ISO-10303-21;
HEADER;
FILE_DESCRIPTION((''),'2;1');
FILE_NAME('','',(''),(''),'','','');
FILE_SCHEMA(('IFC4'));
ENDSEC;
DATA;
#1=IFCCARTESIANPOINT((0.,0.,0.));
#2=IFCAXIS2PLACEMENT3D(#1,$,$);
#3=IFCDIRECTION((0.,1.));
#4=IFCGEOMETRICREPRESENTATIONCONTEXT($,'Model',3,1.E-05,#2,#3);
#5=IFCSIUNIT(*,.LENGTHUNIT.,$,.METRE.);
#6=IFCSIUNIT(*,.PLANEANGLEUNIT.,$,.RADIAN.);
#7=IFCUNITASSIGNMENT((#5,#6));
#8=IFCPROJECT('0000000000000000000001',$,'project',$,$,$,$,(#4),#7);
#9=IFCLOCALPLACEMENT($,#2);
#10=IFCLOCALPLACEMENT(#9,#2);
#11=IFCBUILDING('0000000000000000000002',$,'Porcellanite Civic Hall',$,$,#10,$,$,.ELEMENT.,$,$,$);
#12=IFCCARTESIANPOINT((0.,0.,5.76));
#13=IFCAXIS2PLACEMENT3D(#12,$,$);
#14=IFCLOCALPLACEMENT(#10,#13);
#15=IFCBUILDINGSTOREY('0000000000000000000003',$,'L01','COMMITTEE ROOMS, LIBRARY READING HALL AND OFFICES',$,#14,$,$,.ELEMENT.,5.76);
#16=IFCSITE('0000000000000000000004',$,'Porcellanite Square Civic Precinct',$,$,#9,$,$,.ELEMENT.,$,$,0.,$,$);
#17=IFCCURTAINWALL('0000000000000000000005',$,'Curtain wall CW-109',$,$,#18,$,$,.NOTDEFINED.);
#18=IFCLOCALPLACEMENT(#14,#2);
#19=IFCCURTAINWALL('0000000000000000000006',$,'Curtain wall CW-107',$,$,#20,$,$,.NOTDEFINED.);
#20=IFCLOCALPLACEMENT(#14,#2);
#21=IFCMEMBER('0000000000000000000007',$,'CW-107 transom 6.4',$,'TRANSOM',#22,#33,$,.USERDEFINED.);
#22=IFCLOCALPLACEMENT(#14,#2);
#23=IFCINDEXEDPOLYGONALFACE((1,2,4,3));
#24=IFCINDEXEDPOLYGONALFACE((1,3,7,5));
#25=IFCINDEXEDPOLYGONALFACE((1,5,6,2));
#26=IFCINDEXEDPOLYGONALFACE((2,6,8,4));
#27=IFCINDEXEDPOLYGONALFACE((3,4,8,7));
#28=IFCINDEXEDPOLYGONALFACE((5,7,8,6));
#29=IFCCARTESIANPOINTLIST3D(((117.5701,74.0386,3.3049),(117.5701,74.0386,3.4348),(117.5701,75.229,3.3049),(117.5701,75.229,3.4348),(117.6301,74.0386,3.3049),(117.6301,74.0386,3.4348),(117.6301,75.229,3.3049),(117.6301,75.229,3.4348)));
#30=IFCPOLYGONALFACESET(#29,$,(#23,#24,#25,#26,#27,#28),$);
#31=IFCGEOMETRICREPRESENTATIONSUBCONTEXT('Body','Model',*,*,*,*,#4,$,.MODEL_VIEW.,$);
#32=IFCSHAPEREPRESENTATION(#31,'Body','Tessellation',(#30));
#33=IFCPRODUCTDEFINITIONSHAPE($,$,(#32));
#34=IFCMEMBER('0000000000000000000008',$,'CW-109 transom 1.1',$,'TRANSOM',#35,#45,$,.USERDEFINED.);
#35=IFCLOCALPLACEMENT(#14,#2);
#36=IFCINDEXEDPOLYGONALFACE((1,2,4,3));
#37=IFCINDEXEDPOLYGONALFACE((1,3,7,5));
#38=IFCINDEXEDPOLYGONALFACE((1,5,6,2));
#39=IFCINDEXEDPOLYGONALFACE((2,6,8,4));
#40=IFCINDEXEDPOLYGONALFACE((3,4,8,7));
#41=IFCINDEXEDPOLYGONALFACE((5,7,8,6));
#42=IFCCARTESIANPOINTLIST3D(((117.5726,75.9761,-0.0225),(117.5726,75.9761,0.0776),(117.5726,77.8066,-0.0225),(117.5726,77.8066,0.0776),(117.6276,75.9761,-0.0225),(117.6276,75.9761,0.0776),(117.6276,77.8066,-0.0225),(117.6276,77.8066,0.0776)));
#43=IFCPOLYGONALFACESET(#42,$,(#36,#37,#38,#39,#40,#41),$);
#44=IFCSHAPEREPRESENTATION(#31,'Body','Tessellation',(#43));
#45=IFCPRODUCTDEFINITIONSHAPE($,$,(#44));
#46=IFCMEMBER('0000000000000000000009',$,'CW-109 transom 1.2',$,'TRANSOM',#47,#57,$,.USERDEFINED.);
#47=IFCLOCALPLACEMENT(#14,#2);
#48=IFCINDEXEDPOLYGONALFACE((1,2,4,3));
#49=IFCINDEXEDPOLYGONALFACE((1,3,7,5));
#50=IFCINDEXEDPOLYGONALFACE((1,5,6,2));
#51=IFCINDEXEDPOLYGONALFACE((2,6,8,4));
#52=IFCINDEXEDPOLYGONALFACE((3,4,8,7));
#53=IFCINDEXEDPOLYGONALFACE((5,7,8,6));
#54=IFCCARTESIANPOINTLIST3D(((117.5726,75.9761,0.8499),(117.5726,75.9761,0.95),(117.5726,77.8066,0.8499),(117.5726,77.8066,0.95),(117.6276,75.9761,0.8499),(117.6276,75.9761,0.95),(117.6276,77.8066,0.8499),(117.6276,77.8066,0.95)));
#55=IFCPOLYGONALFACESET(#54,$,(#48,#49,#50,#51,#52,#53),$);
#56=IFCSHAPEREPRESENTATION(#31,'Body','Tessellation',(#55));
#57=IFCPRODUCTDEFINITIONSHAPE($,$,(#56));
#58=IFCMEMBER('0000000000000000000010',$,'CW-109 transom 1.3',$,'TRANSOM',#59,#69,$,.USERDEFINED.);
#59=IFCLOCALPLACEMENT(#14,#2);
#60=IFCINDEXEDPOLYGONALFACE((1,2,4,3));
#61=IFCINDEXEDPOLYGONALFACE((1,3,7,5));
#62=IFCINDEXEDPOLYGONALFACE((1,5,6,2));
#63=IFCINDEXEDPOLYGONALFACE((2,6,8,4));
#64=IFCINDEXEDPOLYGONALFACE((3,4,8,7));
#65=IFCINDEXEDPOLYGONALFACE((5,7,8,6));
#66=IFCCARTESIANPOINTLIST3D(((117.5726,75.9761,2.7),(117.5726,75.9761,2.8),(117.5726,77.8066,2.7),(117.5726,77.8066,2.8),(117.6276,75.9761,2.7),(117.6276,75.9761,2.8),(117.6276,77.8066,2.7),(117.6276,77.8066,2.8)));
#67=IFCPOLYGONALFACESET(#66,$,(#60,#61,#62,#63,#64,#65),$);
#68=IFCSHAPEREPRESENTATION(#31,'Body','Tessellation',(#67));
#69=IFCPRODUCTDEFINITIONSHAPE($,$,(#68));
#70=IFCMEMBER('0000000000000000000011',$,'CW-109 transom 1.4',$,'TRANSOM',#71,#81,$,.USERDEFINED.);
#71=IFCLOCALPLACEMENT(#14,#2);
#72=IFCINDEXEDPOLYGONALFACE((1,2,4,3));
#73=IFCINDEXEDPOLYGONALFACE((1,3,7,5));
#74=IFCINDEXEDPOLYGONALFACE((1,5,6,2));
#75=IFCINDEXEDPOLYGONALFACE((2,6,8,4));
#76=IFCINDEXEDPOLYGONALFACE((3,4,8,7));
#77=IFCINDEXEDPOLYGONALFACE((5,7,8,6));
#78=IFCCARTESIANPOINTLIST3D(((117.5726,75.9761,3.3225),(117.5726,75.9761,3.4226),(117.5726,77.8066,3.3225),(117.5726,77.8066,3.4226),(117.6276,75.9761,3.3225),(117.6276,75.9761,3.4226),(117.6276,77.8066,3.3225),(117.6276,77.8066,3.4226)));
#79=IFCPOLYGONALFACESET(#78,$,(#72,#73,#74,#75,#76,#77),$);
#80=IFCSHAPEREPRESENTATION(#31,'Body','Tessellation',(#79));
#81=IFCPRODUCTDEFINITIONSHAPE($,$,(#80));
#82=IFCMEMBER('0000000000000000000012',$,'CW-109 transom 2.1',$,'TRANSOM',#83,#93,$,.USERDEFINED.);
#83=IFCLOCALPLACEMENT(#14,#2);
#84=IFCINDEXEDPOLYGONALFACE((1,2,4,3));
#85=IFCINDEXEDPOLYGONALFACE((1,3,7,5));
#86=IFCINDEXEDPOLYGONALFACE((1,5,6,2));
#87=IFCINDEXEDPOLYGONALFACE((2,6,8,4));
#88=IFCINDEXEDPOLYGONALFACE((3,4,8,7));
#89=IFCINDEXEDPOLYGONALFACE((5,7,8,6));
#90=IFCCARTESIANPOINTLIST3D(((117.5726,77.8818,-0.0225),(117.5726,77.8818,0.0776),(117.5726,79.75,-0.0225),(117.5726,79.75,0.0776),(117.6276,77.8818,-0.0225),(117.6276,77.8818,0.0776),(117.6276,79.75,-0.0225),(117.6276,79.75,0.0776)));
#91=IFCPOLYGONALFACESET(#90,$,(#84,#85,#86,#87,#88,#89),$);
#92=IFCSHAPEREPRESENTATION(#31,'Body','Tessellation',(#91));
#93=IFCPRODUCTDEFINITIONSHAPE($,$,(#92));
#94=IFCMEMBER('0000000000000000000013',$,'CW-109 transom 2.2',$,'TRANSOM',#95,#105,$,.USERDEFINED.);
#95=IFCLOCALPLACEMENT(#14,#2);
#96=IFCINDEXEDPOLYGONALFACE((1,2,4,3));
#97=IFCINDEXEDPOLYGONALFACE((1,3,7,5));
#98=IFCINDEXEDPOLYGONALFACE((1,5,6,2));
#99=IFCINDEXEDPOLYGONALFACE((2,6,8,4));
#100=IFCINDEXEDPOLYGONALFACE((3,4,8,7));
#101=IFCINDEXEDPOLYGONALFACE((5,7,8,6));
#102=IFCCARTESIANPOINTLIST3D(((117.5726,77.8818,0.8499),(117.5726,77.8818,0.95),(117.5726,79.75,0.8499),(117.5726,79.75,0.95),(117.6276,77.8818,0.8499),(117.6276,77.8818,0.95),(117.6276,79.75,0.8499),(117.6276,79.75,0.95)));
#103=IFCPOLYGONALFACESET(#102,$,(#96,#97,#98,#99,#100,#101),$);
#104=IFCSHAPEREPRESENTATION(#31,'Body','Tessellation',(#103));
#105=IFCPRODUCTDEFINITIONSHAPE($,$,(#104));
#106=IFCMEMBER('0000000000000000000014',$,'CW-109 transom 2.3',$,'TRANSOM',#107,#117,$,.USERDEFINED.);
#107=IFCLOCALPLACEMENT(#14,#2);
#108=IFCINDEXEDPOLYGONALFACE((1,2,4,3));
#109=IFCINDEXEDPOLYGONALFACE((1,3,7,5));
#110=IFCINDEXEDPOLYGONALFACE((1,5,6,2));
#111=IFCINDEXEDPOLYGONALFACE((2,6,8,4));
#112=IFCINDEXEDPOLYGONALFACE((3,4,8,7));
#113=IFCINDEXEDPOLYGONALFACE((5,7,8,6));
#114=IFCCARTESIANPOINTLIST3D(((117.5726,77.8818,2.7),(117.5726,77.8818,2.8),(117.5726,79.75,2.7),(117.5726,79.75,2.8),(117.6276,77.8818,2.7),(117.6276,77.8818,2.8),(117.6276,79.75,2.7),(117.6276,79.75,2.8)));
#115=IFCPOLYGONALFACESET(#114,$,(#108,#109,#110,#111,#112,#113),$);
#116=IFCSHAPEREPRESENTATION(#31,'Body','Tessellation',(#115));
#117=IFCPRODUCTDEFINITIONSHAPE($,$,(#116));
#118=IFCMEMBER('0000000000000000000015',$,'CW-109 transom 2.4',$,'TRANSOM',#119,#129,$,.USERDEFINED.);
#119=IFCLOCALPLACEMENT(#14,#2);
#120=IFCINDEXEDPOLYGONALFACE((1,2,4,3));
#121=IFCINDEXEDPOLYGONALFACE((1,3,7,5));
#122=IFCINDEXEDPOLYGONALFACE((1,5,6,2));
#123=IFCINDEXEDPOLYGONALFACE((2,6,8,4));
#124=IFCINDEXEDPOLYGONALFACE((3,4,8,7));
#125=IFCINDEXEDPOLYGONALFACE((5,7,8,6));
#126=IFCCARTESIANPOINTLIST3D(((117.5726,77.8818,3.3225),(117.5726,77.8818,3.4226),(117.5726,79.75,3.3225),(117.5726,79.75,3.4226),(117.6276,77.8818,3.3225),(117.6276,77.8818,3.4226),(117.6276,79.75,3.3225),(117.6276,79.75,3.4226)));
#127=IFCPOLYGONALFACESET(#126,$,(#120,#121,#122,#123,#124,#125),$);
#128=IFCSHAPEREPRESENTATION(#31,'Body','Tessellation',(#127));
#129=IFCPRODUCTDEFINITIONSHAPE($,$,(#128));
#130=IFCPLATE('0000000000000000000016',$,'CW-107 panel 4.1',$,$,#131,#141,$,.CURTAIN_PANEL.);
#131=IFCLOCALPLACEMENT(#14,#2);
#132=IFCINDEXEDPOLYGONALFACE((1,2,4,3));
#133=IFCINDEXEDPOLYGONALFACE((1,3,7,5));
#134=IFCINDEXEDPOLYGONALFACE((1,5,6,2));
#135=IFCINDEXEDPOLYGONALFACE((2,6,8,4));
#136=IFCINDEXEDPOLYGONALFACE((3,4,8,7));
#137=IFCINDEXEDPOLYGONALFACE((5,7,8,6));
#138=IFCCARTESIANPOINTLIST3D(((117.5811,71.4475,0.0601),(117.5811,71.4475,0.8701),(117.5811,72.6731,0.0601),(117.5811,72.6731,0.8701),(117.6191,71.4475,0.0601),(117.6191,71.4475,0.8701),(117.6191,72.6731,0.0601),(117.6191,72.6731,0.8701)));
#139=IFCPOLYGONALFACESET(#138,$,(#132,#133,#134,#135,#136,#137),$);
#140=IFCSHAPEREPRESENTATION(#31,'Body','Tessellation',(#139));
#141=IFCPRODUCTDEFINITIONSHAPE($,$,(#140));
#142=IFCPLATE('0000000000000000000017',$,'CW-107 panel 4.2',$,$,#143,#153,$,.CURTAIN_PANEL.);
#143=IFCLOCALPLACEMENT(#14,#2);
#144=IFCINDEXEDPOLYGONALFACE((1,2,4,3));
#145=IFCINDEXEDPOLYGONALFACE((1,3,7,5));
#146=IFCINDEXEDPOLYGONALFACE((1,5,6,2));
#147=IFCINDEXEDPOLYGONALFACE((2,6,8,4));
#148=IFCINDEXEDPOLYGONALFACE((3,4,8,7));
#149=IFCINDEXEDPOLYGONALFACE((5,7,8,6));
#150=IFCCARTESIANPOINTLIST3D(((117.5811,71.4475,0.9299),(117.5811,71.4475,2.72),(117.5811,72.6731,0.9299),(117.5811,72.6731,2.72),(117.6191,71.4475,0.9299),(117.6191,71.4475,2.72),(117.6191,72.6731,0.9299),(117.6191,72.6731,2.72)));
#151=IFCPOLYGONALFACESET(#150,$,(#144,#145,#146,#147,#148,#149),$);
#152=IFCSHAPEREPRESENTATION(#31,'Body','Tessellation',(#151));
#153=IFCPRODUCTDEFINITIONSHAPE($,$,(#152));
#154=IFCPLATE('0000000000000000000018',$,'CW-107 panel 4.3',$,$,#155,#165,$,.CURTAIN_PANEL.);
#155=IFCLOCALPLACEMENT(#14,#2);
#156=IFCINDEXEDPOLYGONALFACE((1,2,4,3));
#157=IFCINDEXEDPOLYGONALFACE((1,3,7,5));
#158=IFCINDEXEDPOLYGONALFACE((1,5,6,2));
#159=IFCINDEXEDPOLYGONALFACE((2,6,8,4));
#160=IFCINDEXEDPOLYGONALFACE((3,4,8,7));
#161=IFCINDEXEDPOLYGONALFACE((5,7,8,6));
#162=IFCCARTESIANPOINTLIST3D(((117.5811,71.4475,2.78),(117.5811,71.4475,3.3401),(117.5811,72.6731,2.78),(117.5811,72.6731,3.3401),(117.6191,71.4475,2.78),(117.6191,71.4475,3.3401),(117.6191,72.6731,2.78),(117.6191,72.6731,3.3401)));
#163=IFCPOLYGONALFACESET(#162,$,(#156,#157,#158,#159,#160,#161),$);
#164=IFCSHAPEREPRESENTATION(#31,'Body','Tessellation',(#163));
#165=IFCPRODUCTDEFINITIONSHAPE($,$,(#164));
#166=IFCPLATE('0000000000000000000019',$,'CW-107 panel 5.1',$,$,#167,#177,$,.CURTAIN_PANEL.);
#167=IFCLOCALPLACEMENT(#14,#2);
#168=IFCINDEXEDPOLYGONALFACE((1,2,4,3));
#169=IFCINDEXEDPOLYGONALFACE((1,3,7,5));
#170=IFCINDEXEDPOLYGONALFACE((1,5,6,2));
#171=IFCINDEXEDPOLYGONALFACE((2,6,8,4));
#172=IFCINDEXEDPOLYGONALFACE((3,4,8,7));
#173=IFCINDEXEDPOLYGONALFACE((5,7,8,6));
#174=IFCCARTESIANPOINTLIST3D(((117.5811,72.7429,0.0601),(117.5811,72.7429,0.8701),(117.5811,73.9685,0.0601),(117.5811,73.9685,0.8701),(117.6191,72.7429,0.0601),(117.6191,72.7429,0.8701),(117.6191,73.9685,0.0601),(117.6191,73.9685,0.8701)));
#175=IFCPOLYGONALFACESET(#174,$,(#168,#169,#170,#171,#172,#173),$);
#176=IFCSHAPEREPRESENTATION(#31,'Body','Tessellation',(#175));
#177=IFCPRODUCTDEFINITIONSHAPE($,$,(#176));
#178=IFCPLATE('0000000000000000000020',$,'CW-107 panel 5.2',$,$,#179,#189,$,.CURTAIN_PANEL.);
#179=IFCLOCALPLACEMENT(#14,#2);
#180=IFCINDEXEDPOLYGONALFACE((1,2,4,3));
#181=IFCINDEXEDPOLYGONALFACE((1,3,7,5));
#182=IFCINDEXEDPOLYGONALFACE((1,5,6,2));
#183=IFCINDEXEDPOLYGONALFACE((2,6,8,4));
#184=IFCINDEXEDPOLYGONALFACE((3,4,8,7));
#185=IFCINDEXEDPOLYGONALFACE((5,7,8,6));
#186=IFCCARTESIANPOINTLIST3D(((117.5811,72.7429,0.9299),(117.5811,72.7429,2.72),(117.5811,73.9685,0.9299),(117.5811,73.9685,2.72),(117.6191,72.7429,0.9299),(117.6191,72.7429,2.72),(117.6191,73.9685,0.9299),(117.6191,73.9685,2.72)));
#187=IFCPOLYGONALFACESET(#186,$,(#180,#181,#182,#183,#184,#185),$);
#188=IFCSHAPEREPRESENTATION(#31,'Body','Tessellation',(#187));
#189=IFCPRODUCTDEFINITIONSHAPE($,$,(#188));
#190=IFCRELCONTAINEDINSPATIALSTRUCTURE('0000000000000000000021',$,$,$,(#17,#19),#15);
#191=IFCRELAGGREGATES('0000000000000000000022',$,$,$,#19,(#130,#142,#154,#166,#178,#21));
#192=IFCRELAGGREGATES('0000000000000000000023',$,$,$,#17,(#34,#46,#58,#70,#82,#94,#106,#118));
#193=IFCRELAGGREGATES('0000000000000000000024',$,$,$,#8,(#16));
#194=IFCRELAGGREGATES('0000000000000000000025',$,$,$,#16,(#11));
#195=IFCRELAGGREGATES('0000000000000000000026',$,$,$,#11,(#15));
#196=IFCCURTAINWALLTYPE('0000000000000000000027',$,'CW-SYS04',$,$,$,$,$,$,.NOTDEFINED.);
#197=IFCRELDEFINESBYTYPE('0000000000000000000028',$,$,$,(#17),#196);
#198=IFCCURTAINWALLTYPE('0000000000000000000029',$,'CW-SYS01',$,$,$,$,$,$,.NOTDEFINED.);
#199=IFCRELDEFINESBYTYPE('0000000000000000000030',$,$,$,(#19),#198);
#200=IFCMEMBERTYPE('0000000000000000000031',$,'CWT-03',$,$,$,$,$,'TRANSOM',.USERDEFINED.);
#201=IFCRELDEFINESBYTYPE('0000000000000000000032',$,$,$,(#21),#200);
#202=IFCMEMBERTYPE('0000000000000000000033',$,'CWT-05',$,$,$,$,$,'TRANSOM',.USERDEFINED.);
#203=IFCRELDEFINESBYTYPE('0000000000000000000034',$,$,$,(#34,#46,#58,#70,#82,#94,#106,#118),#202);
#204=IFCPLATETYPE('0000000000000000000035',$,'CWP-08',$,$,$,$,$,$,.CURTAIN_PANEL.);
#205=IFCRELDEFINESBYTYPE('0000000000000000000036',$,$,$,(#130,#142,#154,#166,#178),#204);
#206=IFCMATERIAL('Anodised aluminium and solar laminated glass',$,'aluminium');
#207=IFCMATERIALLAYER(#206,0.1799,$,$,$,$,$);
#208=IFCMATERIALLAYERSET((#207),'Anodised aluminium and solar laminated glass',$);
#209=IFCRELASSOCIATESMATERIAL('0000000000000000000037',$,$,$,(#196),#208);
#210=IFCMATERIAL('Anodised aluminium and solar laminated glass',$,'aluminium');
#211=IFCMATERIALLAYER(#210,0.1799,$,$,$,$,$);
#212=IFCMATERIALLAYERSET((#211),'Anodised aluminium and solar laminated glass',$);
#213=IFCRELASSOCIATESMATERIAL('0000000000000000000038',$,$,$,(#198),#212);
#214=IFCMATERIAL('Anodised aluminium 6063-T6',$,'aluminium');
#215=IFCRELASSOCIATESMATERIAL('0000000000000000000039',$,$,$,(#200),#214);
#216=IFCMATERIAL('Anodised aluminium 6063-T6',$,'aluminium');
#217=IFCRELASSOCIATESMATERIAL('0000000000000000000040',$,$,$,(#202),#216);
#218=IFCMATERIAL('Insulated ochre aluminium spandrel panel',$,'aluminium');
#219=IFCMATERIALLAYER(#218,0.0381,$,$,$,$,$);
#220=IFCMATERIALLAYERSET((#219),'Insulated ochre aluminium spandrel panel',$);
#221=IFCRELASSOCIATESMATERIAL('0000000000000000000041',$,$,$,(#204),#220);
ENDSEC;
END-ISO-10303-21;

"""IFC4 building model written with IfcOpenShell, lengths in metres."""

from ifc_helpers import new_model, si_unit, direction, frame, origin, origin_2d, place, context, subcontext, project, spatial, rectangle, extrude, material, layer, layer_set, material_profile, profile_set, type_object, element, aggregate, save


model = new_model("IFC4")

# Units and contexts
model_context = context("Model", 3, precision=1e-05, world=origin(), true_north=direction((0.0, 1.0)))
body_context = subcontext(model_context, "Body", "Model", "MODEL_VIEW")
ifc_project = project(units=[si_unit("LENGTHUNIT", "METRE"), si_unit("PLANEANGLEUNIT", "RADIAN")], contexts=[model_context])

# Site, building, storey
site_placement = place(None, origin())
site = spatial("IfcSite", under=ifc_project, at=site_placement, Name="Porcellanite Square Civic Precinct", CompositionType="ELEMENT", RefElevation=0.0)
building_placement = place(site_placement, origin())
building = spatial("IfcBuilding", under=site, at=building_placement, Name="Porcellanite Civic Hall", CompositionType="ELEMENT")
storey_placement = place(building_placement, frame((0.0, 0.0, 5.76)))
storey = spatial("IfcBuildingStorey", under=building, at=storey_placement, Name="L01", Description="COMMITTEE ROOMS, LIBRARY READING HALL AND OFFICES", CompositionType="ELEMENT", Elevation=5.76)

# Curtain walls, member
ifc_material_1 = material(Name="Anodised aluminium and solar laminated glass", Category="aluminium")
ifc_layer_1 = layer(ifc_material_1, 0.1799)
ifc_layer_set_1 = layer_set([ifc_layer_1], Name="Anodised aluminium and solar laminated glass")
curtain_wall_type_1 = type_object("IfcCurtainWallType", Name="CW-SYS04", PredefinedType="NOTDEFINED", material=ifc_layer_set_1)
curtain_wall_1_placement = place(storey_placement, origin())
curtain_wall_1 = element("IfcCurtainWall", 1, at=curtain_wall_1_placement, inside=storey, type_object=curtain_wall_type_1, Name="Curtain wall CW-109", PredefinedType="NOTDEFINED")
ifc_material_2 = material(Name="Anodised aluminium and solar laminated glass", Category="aluminium")
ifc_layer_2 = layer(ifc_material_2, 0.1799)
ifc_layer_set_2 = layer_set([ifc_layer_2], Name="Anodised aluminium and solar laminated glass")
curtain_wall_type_2 = type_object("IfcCurtainWallType", Name="CW-SYS01", PredefinedType="NOTDEFINED", material=ifc_layer_set_2)
curtain_wall_2_placement = place(storey_placement, origin())
curtain_wall_2 = element("IfcCurtainWall", 2, at=curtain_wall_2_placement, inside=storey, type_object=curtain_wall_type_2, Name="Curtain wall CW-107", PredefinedType="NOTDEFINED")
ifc_material_3 = material(Name="Anodised aluminium 6063-T6", Category="aluminium")
ifc_material_profile_1 = material_profile(ifc_material_3, rectangle(XDim=0.0601, YDim=0.1299, at=origin_2d()), Name="AL-60x130")
ifc_profile_set_1 = profile_set([ifc_material_profile_1], Name="Anodised aluminium 6063-T6")
member_type_1 = type_object("IfcMemberType", Name="CWT-03", ElementType="TRANSOM", PredefinedType="USERDEFINED", material=ifc_profile_set_1)
member_1_placement = place(storey_placement, frame((117.6001, 74.0386, 3.3699), z_axis=(0.0, 1.0, 0.0), x_axis=(-1.0, 0.0, 0.0)))
member_1 = element("IfcMember", 3, at=member_1_placement, type_object=member_type_1, Name="CW-107 transom 6.4", ObjectType="TRANSOM", PredefinedType="USERDEFINED", context=body_context, shape_type="SweptSolid", body=[
    extrude(rectangle(XDim=0.0601, YDim=0.1299, at=origin_2d()), origin(), (0.0, 0.0, 1.0), 1.1904),
])

# Members
ifc_material_4 = material(Name="Anodised aluminium 6063-T6", Category="aluminium")
ifc_material_profile_2 = material_profile(ifc_material_4, rectangle(XDim=0.0549, YDim=0.1001, at=origin_2d()), Name="AL-55x100")
ifc_profile_set_2 = profile_set([ifc_material_profile_2], Name="Anodised aluminium 6063-T6")
member_type_2 = type_object("IfcMemberType", Name="CWT-05", ElementType="TRANSOM", PredefinedType="USERDEFINED", material=ifc_profile_set_2)
member_2_placement = place(storey_placement, frame((117.6001, 75.9761, 0.0276), z_axis=(0.0, 1.0, 0.0), x_axis=(-1.0, 0.0, 0.0)))
member_2 = element("IfcMember", 4, at=member_2_placement, type_object=member_type_2, Name="CW-109 transom 1.1", ObjectType="TRANSOM", PredefinedType="USERDEFINED", context=body_context, shape_type="SweptSolid", body=[
    extrude(rectangle(XDim=0.0549, YDim=0.1001, at=origin_2d()), origin(), (0.0, 0.0, 1.0), 1.8306),
])
member_3_placement = place(storey_placement, frame((117.6001, 75.9761, 0.8999), z_axis=(0.0, 1.0, 0.0), x_axis=(-1.0, 0.0, 0.0)))
member_3 = element("IfcMember", 5, at=member_3_placement, type_object=member_type_2, Name="CW-109 transom 1.2", ObjectType="TRANSOM", PredefinedType="USERDEFINED", context=body_context, shape_type="SweptSolid", body=[
    extrude(rectangle(XDim=0.0549, YDim=0.1001, at=origin_2d()), origin(), (0.0, 0.0, 1.0), 1.8306),
])
member_4_placement = place(storey_placement, frame((117.6001, 75.9761, 2.75), z_axis=(0.0, 1.0, 0.0), x_axis=(-1.0, 0.0, 0.0)))
member_4 = element("IfcMember", 6, at=member_4_placement, type_object=member_type_2, Name="CW-109 transom 1.3", ObjectType="TRANSOM", PredefinedType="USERDEFINED", context=body_context, shape_type="SweptSolid", body=[
    extrude(rectangle(XDim=0.0549, YDim=0.1001, at=origin_2d()), origin(), (0.0, 0.0, 1.0), 1.8306),
])
member_5_placement = place(storey_placement, frame((117.6001, 75.9761, 3.3726), z_axis=(0.0, 1.0, 0.0), x_axis=(-1.0, 0.0, 0.0)))
member_5 = element("IfcMember", 7, at=member_5_placement, type_object=member_type_2, Name="CW-109 transom 1.4", ObjectType="TRANSOM", PredefinedType="USERDEFINED", context=body_context, shape_type="SweptSolid", body=[
    extrude(rectangle(XDim=0.0549, YDim=0.1001, at=origin_2d()), origin(), (0.0, 0.0, 1.0), 1.8306),
])
member_6_placement = place(storey_placement, frame((117.6001, 77.8818, 0.0276), z_axis=(0.0, 1.0, 0.0), x_axis=(-1.0, 0.0, 0.0)))
member_6 = element("IfcMember", 8, at=member_6_placement, type_object=member_type_2, Name="CW-109 transom 2.1", ObjectType="TRANSOM", PredefinedType="USERDEFINED", context=body_context, shape_type="SweptSolid", body=[
    extrude(rectangle(XDim=0.0549, YDim=0.1001, at=origin_2d()), origin(), (0.0, 0.0, 1.0), 1.8682),
])
member_7_placement = place(storey_placement, frame((117.6001, 77.8818, 0.8999), z_axis=(0.0, 1.0, 0.0), x_axis=(-1.0, 0.0, 0.0)))
member_7 = element("IfcMember", 9, at=member_7_placement, type_object=member_type_2, Name="CW-109 transom 2.2", ObjectType="TRANSOM", PredefinedType="USERDEFINED", context=body_context, shape_type="SweptSolid", body=[
    extrude(rectangle(XDim=0.0549, YDim=0.1001, at=origin_2d()), origin(), (0.0, 0.0, 1.0), 1.8682),
])
member_8_placement = place(storey_placement, frame((117.6001, 77.8818, 2.75), z_axis=(0.0, 1.0, 0.0), x_axis=(-1.0, 0.0, 0.0)))
member_8 = element("IfcMember", 10, at=member_8_placement, type_object=member_type_2, Name="CW-109 transom 2.3", ObjectType="TRANSOM", PredefinedType="USERDEFINED", context=body_context, shape_type="SweptSolid", body=[
    extrude(rectangle(XDim=0.0549, YDim=0.1001, at=origin_2d()), origin(), (0.0, 0.0, 1.0), 1.8682),
])
member_9_placement = place(storey_placement, frame((117.6001, 77.8818, 3.3726), z_axis=(0.0, 1.0, 0.0), x_axis=(-1.0, 0.0, 0.0)))
member_9 = element("IfcMember", 11, at=member_9_placement, type_object=member_type_2, Name="CW-109 transom 2.4", ObjectType="TRANSOM", PredefinedType="USERDEFINED", context=body_context, shape_type="SweptSolid", body=[
    extrude(rectangle(XDim=0.0549, YDim=0.1001, at=origin_2d()), origin(), (0.0, 0.0, 1.0), 1.8682),
])

# Plates
ifc_material_5 = material(Name="Insulated ochre aluminium spandrel panel", Category="aluminium")
ifc_layer_3 = layer(ifc_material_5, 0.0381)
ifc_layer_set_3 = layer_set([ifc_layer_3], Name="Insulated ochre aluminium spandrel panel")
plate_type_1 = type_object("IfcPlateType", Name="CWP-08", PredefinedType="CURTAIN_PANEL", material=ifc_layer_set_3)
plate_1_placement = place(storey_placement, frame((117.6001, 72.0603, 0.0601), z_axis=(0.0, 0.0, 1.0), x_axis=(0.0, 1.0, 0.0)))
plate_1 = element("IfcPlate", 12, at=plate_1_placement, type_object=plate_type_1, Name="CW-107 panel 4.1", PredefinedType="CURTAIN_PANEL", context=body_context, shape_type="SweptSolid", body=[
    extrude(rectangle(XDim=1.2256, YDim=0.0381, at=origin_2d()), origin(), (0.0, 0.0, 1.0), 0.8101),
])
plate_2_placement = place(storey_placement, frame((117.6001, 72.0603, 0.9299), z_axis=(0.0, 0.0, 1.0), x_axis=(0.0, 1.0, 0.0)))
plate_2 = element("IfcPlate", 13, at=plate_2_placement, type_object=plate_type_1, Name="CW-107 panel 4.2", PredefinedType="CURTAIN_PANEL", context=body_context, shape_type="SweptSolid", body=[
    extrude(rectangle(XDim=1.2256, YDim=0.0381, at=origin_2d()), origin(), (0.0, 0.0, 1.0), 1.79),
])
plate_3_placement = place(storey_placement, frame((117.6001, 72.0603, 2.78), z_axis=(0.0, 0.0, 1.0), x_axis=(0.0, 1.0, 0.0)))
plate_3 = element("IfcPlate", 14, at=plate_3_placement, type_object=plate_type_1, Name="CW-107 panel 4.3", PredefinedType="CURTAIN_PANEL", context=body_context, shape_type="SweptSolid", body=[
    extrude(rectangle(XDim=1.2256, YDim=0.0381, at=origin_2d()), origin(), (0.0, 0.0, 1.0), 0.5601),
])
plate_4_placement = place(storey_placement, frame((117.6001, 73.3557, 0.0601), z_axis=(0.0, 0.0, 1.0), x_axis=(0.0, 1.0, 0.0)))
plate_4 = element("IfcPlate", 15, at=plate_4_placement, type_object=plate_type_1, Name="CW-107 panel 5.1", PredefinedType="CURTAIN_PANEL", context=body_context, shape_type="SweptSolid", body=[
    extrude(rectangle(XDim=1.2256, YDim=0.0381, at=origin_2d()), origin(), (0.0, 0.0, 1.0), 0.8101),
])
plate_5_placement = place(storey_placement, frame((117.6001, 73.3557, 0.9299), z_axis=(0.0, 0.0, 1.0), x_axis=(0.0, 1.0, 0.0)))
plate_5 = element("IfcPlate", 16, at=plate_5_placement, type_object=plate_type_1, Name="CW-107 panel 5.2", PredefinedType="CURTAIN_PANEL", context=body_context, shape_type="SweptSolid", body=[
    extrude(rectangle(XDim=1.2256, YDim=0.0381, at=origin_2d()), origin(), (0.0, 0.0, 1.0), 1.79),
])
aggregate(curtain_wall_2, [plate_1, plate_2, plate_3, plate_4, plate_5, member_1])
aggregate(curtain_wall_1, [member_2, member_3, member_4, member_5, member_6, member_7, member_8, member_9])

save(model, "model.ifc")
